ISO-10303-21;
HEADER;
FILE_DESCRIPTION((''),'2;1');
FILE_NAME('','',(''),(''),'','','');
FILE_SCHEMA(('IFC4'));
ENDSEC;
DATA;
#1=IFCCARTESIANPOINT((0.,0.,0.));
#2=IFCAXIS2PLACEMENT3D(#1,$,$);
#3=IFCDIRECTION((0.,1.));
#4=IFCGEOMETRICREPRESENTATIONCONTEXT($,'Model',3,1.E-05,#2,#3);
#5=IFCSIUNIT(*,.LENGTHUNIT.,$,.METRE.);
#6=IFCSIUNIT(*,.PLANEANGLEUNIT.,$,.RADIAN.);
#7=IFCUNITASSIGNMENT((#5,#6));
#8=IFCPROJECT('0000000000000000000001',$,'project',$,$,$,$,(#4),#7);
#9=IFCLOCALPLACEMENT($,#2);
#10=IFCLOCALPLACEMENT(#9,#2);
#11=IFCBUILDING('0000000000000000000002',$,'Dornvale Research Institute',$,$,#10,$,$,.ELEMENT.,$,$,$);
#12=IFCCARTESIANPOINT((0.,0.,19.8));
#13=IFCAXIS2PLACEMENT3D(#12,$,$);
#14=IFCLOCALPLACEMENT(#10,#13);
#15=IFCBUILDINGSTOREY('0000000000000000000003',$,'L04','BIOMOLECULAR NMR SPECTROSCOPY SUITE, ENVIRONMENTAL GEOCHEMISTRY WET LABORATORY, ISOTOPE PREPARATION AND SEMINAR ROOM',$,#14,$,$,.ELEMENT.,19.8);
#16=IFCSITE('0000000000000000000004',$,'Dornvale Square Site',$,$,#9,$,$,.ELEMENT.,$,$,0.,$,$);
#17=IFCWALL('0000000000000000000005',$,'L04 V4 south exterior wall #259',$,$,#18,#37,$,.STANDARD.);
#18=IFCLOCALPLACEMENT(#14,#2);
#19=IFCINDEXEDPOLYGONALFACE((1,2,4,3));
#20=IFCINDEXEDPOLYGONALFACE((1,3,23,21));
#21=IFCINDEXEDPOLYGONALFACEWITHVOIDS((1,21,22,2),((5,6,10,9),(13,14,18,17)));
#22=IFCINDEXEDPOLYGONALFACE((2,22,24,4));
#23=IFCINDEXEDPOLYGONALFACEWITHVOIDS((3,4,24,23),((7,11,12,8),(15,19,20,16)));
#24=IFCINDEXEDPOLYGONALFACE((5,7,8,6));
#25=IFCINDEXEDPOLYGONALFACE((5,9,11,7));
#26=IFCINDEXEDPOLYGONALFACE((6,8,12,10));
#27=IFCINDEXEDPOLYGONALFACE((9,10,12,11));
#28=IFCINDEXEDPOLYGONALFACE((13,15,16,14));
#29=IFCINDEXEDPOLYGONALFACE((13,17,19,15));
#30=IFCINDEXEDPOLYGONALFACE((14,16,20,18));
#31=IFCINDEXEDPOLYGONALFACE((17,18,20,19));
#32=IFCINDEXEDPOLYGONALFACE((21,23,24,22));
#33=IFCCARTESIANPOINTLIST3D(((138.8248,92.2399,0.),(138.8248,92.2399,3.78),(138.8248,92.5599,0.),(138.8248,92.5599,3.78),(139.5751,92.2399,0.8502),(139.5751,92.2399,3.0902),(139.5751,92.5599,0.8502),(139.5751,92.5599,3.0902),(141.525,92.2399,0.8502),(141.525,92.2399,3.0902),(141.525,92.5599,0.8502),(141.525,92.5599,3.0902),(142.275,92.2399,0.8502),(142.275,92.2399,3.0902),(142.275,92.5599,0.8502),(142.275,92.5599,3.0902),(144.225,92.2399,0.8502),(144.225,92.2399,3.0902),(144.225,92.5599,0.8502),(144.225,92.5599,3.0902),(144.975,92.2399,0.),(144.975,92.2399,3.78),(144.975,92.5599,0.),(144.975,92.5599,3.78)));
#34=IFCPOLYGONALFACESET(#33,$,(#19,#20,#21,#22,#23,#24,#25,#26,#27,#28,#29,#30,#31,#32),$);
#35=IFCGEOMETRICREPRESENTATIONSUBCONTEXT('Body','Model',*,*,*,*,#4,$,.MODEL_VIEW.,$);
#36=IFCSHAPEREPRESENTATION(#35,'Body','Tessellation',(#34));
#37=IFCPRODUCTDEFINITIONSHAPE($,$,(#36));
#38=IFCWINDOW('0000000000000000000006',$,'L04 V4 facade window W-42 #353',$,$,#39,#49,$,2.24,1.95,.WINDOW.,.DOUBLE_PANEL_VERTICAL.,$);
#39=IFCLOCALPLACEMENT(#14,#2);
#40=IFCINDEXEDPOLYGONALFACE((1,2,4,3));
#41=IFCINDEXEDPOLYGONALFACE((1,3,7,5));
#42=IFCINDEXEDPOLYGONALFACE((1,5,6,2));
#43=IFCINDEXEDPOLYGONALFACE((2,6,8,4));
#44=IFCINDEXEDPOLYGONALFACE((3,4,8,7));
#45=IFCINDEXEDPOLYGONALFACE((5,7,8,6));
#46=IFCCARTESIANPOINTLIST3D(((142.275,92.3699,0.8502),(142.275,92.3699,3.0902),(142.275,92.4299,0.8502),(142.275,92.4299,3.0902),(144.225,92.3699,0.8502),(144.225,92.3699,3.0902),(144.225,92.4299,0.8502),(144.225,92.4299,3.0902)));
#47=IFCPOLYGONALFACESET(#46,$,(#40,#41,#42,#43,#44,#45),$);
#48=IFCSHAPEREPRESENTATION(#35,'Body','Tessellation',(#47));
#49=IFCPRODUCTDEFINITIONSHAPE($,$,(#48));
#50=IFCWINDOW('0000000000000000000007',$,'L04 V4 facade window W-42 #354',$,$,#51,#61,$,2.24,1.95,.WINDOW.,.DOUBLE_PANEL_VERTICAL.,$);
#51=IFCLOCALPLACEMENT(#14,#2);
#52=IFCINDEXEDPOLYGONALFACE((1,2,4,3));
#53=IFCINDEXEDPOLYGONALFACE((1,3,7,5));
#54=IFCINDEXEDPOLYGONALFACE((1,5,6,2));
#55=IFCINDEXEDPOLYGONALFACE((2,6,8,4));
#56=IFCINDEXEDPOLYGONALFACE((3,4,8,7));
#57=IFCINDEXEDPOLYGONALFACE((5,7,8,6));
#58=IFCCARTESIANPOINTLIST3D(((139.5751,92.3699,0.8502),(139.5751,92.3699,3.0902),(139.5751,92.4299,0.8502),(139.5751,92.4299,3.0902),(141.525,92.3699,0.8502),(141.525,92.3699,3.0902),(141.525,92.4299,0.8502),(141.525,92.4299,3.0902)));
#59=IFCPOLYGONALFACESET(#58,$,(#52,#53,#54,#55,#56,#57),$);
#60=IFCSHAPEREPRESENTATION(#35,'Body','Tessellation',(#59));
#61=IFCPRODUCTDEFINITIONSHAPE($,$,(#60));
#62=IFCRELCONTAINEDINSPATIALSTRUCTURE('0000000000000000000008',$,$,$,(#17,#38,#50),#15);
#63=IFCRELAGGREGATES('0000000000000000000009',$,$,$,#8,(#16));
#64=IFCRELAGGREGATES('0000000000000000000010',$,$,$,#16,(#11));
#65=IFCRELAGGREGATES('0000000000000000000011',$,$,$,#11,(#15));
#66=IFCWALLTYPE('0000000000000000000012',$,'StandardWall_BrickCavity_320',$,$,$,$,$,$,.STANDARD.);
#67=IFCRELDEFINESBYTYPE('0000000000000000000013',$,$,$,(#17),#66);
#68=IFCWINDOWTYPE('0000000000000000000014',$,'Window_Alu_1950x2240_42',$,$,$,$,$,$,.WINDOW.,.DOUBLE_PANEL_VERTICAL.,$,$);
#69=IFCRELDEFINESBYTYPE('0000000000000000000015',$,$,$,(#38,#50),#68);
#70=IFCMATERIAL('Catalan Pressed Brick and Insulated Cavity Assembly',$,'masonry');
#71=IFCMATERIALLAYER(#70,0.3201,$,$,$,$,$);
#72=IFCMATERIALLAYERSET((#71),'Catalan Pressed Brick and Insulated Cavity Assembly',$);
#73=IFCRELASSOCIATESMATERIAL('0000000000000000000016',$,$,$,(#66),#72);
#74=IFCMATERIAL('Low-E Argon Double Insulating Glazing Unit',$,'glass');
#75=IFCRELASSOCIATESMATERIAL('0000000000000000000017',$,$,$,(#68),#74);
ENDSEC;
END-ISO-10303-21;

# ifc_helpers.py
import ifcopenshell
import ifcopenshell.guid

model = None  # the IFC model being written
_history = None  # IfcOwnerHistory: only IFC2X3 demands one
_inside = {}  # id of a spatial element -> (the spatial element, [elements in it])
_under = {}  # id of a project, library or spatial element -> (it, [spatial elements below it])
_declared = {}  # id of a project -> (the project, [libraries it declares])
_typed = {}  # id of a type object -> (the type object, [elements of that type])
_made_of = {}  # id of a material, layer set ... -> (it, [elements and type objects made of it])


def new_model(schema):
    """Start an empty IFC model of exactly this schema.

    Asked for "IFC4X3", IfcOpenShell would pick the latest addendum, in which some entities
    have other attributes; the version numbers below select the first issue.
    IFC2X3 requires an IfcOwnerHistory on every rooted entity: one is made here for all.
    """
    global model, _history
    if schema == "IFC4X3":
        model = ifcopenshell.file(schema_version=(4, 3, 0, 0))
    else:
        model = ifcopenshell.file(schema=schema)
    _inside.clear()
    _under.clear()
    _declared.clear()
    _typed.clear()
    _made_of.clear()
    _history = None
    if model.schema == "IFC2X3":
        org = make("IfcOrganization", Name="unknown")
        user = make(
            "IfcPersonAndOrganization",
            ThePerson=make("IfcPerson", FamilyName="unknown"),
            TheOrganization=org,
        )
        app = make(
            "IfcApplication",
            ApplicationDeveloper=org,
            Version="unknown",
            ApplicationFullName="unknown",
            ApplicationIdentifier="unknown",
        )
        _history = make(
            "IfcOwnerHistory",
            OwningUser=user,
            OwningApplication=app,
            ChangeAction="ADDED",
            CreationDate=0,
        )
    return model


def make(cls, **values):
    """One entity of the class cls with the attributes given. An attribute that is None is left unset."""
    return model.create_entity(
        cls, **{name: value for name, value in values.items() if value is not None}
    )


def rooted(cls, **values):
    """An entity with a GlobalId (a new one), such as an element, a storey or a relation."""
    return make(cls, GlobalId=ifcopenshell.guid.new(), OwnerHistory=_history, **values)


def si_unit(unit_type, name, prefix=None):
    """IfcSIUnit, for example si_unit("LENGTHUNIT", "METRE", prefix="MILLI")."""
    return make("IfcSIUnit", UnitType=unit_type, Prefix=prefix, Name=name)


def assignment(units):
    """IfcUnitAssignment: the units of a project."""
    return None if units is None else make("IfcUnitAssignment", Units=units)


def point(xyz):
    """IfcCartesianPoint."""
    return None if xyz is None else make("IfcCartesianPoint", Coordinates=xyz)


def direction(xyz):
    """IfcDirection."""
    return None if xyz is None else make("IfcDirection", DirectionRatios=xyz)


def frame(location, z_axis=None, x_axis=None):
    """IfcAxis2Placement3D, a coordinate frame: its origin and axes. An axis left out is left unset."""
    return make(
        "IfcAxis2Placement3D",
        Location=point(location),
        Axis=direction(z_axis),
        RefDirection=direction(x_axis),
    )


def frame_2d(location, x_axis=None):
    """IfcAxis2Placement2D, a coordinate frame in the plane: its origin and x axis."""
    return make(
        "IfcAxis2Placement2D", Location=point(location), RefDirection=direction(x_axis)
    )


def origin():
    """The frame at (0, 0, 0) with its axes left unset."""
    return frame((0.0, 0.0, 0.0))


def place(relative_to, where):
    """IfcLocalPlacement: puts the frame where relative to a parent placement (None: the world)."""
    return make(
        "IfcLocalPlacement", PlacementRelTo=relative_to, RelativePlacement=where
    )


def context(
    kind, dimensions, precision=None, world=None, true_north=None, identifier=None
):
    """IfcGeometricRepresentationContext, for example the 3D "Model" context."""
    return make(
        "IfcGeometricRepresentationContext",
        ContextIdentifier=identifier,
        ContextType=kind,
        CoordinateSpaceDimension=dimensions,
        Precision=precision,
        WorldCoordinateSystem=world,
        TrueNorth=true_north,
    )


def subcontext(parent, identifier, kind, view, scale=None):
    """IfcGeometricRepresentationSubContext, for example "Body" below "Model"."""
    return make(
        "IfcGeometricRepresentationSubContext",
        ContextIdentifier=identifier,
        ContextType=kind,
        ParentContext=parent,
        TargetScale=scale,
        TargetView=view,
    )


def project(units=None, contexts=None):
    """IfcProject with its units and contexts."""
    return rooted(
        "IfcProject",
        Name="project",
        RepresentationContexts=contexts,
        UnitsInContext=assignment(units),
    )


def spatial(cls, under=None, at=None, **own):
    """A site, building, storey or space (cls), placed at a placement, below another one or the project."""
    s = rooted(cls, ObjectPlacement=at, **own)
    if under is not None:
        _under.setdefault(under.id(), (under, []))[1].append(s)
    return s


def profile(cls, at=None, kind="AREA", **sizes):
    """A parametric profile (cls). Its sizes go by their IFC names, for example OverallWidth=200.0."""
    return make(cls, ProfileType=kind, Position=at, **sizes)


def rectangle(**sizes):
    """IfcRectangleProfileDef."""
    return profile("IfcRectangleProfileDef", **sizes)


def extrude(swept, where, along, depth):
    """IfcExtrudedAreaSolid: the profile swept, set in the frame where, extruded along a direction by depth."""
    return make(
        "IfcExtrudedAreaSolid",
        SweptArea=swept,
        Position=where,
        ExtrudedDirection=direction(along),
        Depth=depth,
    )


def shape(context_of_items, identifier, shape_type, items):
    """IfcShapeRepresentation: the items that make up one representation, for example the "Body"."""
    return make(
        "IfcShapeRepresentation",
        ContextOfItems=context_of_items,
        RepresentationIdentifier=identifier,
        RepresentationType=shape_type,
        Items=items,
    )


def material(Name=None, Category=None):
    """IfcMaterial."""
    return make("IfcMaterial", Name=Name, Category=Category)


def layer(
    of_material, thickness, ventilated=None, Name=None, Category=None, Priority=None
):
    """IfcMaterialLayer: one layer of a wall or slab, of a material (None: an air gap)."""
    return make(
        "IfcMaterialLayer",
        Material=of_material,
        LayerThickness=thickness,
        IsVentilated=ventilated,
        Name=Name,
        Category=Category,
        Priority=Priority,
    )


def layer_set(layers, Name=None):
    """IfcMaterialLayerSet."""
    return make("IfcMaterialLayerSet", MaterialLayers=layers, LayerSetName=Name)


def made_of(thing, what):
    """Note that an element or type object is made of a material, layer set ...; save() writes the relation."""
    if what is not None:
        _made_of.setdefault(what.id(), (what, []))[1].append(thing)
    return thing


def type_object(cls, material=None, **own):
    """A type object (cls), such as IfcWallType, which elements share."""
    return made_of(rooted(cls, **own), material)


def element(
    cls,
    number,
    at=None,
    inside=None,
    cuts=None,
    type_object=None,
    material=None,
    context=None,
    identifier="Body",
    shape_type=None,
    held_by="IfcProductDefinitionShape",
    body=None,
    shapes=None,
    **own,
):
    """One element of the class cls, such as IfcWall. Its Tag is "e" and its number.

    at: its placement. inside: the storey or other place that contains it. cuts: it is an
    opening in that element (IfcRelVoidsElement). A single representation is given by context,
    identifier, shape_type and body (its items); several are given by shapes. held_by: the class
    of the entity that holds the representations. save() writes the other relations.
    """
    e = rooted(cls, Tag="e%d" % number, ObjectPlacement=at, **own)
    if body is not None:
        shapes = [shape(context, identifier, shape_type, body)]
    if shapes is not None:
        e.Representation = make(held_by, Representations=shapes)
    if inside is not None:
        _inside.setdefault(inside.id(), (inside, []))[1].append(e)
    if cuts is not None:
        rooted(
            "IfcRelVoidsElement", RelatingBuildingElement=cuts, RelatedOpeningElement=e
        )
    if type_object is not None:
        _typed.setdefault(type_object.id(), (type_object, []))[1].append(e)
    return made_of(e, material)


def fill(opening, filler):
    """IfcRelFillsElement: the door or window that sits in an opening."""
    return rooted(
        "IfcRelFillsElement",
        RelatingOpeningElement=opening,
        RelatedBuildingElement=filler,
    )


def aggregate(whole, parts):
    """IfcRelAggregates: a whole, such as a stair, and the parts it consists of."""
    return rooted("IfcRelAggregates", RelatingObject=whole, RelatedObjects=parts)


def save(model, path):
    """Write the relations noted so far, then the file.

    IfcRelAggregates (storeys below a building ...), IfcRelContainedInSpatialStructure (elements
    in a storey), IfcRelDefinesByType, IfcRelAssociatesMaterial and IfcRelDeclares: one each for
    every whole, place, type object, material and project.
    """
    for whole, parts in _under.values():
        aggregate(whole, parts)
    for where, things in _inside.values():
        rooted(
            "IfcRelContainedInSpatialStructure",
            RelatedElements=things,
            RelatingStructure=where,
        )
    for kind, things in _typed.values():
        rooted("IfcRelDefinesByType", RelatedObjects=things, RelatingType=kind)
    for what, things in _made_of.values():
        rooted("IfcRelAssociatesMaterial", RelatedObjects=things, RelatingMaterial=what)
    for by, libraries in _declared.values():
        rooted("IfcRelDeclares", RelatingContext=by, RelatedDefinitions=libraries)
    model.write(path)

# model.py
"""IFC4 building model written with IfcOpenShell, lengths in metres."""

from ifc_helpers import new_model, si_unit, direction, frame, frame_2d, origin, place, context, subcontext, project, spatial, rectangle, extrude, material, layer, layer_set, type_object, element, fill, save


model = new_model("IFC4")

# Units and contexts
model_context = context("Model", 3, precision=1e-05, world=origin(), true_north=direction((0.0, 1.0)))
body_context = subcontext(model_context, "Body", "Model", "MODEL_VIEW")
ifc_project = project(units=[si_unit("LENGTHUNIT", "METRE"), si_unit("PLANEANGLEUNIT", "RADIAN")], contexts=[model_context])

# Site, building, storey
site_placement = place(None, origin())
site = spatial("IfcSite", under=ifc_project, at=site_placement, Name="Dornvale Square Site", CompositionType="ELEMENT", RefElevation=0.0)
building_placement = place(site_placement, origin())
building = spatial("IfcBuilding", under=site, at=building_placement, Name="Dornvale Research Institute", CompositionType="ELEMENT")
storey_placement = place(building_placement, frame((0.0, 0.0, 19.8)))
storey = spatial("IfcBuildingStorey", under=building, at=storey_placement, Name="L04", Description="BIOMOLECULAR NMR SPECTROSCOPY SUITE, ENVIRONMENTAL GEOCHEMISTRY WET LABORATORY, ISOTOPE PREPARATION AND SEMINAR ROOM", CompositionType="ELEMENT", Elevation=19.8)

# Wall, openings, windows
ifc_material_1 = material(Name="Catalan Pressed Brick and Insulated Cavity Assembly", Category="masonry")
ifc_layer_1 = layer(ifc_material_1, 0.3201)
ifc_layer_set_1 = layer_set([ifc_layer_1], Name="Catalan Pressed Brick and Insulated Cavity Assembly")
wall_type_1 = type_object("IfcWallType", Name="StandardWall_BrickCavity_320", PredefinedType="STANDARD", material=ifc_layer_set_1)
wall_1_placement = place(storey_placement, frame((144.9751, 92.3999, 0.0), z_axis=(0.0, 0.0, 1.0), x_axis=(-1.0, 0.0, 0.0)))
wall_1 = element("IfcWall", 1, at=wall_1_placement, inside=storey, type_object=wall_type_1, Name="L04 V4 south exterior wall #259", PredefinedType="STANDARD", context=body_context, shape_type="SweptSolid", body=[
    extrude(rectangle(XDim=6.1501, YDim=0.3201, at=frame_2d((3.0752, 0.0))), origin(), (0.0, 0.0, 1.0), 3.78),
])
opening_1_placement = place(wall_1_placement, frame((0.75, 0.0, 0.8501)))
opening_1 = element("IfcOpeningElement", 2, at=opening_1_placement, cuts=wall_1, PredefinedType="OPENING", context=body_context, shape_type="SweptSolid", body=[
    extrude(rectangle(XDim=1.95, YDim=2.24, at=frame_2d((0.9751, 1.1201))), frame((0.0, 0.175, 0.0), z_axis=(0.0, -1.0, 0.0), x_axis=(1.0, 0.0, 0.0)), (0.0, 0.0, 1.0), 0.3501),
])
opening_2_placement = place(wall_1_placement, frame((3.45, 0.0, 0.8501)))
opening_2 = element("IfcOpeningElement", 3, at=opening_2_placement, cuts=wall_1, PredefinedType="OPENING", context=body_context, shape_type="SweptSolid", body=[
    extrude(rectangle(XDim=1.95, YDim=2.24, at=frame_2d((0.9751, 1.1201))), frame((0.0, 0.175, 0.0), z_axis=(0.0, -1.0, 0.0), x_axis=(1.0, 0.0, 0.0)), (0.0, 0.0, 1.0), 0.3501),
])
ifc_material_2 = material(Name="Low-E Argon Double Insulating Glazing Unit", Category="glass")
window_type = type_object("IfcWindowType", Name="Window_Alu_1950x2240_42", PartitioningType="DOUBLE_PANEL_VERTICAL", PredefinedType="WINDOW", material=ifc_material_2)
window_1_placement = place(opening_1_placement, origin())
window_1 = element("IfcWindow", 4, at=window_1_placement, inside=storey, type_object=window_type, Name="L04 V4 facade window W-42 #353", OverallHeight=2.24, OverallWidth=1.95, PartitioningType="DOUBLE_PANEL_VERTICAL", PredefinedType="WINDOW", context=body_context, shape_type="SweptSolid", body=[
    extrude(rectangle(XDim=1.95, YDim=2.24, at=frame_2d((0.9751, 1.1201))), frame((0.0, 0.03, 0.0), z_axis=(0.0, -1.0, 0.0), x_axis=(1.0, 0.0, 0.0)), (0.0, 0.0, 1.0), 0.0601),
])
fill(opening_1, window_1)
window_2_placement = place(opening_2_placement, origin())
window_2 = element("IfcWindow", 5, at=window_2_placement, inside=storey, type_object=window_type, Name="L04 V4 facade window W-42 #354", OverallHeight=2.24, OverallWidth=1.95, PartitioningType="DOUBLE_PANEL_VERTICAL", PredefinedType="WINDOW", context=body_context, shape_type="SweptSolid", body=[
    extrude(rectangle(XDim=1.95, YDim=2.24, at=frame_2d((0.9751, 1.1201))), frame((0.0, 0.03, 0.0), z_axis=(0.0, -1.0, 0.0), x_axis=(1.0, 0.0, 0.0)), (0.0, 0.0, 1.0), 0.0601),
])
fill(opening_2, window_2)

save(model, "model.ifc")
